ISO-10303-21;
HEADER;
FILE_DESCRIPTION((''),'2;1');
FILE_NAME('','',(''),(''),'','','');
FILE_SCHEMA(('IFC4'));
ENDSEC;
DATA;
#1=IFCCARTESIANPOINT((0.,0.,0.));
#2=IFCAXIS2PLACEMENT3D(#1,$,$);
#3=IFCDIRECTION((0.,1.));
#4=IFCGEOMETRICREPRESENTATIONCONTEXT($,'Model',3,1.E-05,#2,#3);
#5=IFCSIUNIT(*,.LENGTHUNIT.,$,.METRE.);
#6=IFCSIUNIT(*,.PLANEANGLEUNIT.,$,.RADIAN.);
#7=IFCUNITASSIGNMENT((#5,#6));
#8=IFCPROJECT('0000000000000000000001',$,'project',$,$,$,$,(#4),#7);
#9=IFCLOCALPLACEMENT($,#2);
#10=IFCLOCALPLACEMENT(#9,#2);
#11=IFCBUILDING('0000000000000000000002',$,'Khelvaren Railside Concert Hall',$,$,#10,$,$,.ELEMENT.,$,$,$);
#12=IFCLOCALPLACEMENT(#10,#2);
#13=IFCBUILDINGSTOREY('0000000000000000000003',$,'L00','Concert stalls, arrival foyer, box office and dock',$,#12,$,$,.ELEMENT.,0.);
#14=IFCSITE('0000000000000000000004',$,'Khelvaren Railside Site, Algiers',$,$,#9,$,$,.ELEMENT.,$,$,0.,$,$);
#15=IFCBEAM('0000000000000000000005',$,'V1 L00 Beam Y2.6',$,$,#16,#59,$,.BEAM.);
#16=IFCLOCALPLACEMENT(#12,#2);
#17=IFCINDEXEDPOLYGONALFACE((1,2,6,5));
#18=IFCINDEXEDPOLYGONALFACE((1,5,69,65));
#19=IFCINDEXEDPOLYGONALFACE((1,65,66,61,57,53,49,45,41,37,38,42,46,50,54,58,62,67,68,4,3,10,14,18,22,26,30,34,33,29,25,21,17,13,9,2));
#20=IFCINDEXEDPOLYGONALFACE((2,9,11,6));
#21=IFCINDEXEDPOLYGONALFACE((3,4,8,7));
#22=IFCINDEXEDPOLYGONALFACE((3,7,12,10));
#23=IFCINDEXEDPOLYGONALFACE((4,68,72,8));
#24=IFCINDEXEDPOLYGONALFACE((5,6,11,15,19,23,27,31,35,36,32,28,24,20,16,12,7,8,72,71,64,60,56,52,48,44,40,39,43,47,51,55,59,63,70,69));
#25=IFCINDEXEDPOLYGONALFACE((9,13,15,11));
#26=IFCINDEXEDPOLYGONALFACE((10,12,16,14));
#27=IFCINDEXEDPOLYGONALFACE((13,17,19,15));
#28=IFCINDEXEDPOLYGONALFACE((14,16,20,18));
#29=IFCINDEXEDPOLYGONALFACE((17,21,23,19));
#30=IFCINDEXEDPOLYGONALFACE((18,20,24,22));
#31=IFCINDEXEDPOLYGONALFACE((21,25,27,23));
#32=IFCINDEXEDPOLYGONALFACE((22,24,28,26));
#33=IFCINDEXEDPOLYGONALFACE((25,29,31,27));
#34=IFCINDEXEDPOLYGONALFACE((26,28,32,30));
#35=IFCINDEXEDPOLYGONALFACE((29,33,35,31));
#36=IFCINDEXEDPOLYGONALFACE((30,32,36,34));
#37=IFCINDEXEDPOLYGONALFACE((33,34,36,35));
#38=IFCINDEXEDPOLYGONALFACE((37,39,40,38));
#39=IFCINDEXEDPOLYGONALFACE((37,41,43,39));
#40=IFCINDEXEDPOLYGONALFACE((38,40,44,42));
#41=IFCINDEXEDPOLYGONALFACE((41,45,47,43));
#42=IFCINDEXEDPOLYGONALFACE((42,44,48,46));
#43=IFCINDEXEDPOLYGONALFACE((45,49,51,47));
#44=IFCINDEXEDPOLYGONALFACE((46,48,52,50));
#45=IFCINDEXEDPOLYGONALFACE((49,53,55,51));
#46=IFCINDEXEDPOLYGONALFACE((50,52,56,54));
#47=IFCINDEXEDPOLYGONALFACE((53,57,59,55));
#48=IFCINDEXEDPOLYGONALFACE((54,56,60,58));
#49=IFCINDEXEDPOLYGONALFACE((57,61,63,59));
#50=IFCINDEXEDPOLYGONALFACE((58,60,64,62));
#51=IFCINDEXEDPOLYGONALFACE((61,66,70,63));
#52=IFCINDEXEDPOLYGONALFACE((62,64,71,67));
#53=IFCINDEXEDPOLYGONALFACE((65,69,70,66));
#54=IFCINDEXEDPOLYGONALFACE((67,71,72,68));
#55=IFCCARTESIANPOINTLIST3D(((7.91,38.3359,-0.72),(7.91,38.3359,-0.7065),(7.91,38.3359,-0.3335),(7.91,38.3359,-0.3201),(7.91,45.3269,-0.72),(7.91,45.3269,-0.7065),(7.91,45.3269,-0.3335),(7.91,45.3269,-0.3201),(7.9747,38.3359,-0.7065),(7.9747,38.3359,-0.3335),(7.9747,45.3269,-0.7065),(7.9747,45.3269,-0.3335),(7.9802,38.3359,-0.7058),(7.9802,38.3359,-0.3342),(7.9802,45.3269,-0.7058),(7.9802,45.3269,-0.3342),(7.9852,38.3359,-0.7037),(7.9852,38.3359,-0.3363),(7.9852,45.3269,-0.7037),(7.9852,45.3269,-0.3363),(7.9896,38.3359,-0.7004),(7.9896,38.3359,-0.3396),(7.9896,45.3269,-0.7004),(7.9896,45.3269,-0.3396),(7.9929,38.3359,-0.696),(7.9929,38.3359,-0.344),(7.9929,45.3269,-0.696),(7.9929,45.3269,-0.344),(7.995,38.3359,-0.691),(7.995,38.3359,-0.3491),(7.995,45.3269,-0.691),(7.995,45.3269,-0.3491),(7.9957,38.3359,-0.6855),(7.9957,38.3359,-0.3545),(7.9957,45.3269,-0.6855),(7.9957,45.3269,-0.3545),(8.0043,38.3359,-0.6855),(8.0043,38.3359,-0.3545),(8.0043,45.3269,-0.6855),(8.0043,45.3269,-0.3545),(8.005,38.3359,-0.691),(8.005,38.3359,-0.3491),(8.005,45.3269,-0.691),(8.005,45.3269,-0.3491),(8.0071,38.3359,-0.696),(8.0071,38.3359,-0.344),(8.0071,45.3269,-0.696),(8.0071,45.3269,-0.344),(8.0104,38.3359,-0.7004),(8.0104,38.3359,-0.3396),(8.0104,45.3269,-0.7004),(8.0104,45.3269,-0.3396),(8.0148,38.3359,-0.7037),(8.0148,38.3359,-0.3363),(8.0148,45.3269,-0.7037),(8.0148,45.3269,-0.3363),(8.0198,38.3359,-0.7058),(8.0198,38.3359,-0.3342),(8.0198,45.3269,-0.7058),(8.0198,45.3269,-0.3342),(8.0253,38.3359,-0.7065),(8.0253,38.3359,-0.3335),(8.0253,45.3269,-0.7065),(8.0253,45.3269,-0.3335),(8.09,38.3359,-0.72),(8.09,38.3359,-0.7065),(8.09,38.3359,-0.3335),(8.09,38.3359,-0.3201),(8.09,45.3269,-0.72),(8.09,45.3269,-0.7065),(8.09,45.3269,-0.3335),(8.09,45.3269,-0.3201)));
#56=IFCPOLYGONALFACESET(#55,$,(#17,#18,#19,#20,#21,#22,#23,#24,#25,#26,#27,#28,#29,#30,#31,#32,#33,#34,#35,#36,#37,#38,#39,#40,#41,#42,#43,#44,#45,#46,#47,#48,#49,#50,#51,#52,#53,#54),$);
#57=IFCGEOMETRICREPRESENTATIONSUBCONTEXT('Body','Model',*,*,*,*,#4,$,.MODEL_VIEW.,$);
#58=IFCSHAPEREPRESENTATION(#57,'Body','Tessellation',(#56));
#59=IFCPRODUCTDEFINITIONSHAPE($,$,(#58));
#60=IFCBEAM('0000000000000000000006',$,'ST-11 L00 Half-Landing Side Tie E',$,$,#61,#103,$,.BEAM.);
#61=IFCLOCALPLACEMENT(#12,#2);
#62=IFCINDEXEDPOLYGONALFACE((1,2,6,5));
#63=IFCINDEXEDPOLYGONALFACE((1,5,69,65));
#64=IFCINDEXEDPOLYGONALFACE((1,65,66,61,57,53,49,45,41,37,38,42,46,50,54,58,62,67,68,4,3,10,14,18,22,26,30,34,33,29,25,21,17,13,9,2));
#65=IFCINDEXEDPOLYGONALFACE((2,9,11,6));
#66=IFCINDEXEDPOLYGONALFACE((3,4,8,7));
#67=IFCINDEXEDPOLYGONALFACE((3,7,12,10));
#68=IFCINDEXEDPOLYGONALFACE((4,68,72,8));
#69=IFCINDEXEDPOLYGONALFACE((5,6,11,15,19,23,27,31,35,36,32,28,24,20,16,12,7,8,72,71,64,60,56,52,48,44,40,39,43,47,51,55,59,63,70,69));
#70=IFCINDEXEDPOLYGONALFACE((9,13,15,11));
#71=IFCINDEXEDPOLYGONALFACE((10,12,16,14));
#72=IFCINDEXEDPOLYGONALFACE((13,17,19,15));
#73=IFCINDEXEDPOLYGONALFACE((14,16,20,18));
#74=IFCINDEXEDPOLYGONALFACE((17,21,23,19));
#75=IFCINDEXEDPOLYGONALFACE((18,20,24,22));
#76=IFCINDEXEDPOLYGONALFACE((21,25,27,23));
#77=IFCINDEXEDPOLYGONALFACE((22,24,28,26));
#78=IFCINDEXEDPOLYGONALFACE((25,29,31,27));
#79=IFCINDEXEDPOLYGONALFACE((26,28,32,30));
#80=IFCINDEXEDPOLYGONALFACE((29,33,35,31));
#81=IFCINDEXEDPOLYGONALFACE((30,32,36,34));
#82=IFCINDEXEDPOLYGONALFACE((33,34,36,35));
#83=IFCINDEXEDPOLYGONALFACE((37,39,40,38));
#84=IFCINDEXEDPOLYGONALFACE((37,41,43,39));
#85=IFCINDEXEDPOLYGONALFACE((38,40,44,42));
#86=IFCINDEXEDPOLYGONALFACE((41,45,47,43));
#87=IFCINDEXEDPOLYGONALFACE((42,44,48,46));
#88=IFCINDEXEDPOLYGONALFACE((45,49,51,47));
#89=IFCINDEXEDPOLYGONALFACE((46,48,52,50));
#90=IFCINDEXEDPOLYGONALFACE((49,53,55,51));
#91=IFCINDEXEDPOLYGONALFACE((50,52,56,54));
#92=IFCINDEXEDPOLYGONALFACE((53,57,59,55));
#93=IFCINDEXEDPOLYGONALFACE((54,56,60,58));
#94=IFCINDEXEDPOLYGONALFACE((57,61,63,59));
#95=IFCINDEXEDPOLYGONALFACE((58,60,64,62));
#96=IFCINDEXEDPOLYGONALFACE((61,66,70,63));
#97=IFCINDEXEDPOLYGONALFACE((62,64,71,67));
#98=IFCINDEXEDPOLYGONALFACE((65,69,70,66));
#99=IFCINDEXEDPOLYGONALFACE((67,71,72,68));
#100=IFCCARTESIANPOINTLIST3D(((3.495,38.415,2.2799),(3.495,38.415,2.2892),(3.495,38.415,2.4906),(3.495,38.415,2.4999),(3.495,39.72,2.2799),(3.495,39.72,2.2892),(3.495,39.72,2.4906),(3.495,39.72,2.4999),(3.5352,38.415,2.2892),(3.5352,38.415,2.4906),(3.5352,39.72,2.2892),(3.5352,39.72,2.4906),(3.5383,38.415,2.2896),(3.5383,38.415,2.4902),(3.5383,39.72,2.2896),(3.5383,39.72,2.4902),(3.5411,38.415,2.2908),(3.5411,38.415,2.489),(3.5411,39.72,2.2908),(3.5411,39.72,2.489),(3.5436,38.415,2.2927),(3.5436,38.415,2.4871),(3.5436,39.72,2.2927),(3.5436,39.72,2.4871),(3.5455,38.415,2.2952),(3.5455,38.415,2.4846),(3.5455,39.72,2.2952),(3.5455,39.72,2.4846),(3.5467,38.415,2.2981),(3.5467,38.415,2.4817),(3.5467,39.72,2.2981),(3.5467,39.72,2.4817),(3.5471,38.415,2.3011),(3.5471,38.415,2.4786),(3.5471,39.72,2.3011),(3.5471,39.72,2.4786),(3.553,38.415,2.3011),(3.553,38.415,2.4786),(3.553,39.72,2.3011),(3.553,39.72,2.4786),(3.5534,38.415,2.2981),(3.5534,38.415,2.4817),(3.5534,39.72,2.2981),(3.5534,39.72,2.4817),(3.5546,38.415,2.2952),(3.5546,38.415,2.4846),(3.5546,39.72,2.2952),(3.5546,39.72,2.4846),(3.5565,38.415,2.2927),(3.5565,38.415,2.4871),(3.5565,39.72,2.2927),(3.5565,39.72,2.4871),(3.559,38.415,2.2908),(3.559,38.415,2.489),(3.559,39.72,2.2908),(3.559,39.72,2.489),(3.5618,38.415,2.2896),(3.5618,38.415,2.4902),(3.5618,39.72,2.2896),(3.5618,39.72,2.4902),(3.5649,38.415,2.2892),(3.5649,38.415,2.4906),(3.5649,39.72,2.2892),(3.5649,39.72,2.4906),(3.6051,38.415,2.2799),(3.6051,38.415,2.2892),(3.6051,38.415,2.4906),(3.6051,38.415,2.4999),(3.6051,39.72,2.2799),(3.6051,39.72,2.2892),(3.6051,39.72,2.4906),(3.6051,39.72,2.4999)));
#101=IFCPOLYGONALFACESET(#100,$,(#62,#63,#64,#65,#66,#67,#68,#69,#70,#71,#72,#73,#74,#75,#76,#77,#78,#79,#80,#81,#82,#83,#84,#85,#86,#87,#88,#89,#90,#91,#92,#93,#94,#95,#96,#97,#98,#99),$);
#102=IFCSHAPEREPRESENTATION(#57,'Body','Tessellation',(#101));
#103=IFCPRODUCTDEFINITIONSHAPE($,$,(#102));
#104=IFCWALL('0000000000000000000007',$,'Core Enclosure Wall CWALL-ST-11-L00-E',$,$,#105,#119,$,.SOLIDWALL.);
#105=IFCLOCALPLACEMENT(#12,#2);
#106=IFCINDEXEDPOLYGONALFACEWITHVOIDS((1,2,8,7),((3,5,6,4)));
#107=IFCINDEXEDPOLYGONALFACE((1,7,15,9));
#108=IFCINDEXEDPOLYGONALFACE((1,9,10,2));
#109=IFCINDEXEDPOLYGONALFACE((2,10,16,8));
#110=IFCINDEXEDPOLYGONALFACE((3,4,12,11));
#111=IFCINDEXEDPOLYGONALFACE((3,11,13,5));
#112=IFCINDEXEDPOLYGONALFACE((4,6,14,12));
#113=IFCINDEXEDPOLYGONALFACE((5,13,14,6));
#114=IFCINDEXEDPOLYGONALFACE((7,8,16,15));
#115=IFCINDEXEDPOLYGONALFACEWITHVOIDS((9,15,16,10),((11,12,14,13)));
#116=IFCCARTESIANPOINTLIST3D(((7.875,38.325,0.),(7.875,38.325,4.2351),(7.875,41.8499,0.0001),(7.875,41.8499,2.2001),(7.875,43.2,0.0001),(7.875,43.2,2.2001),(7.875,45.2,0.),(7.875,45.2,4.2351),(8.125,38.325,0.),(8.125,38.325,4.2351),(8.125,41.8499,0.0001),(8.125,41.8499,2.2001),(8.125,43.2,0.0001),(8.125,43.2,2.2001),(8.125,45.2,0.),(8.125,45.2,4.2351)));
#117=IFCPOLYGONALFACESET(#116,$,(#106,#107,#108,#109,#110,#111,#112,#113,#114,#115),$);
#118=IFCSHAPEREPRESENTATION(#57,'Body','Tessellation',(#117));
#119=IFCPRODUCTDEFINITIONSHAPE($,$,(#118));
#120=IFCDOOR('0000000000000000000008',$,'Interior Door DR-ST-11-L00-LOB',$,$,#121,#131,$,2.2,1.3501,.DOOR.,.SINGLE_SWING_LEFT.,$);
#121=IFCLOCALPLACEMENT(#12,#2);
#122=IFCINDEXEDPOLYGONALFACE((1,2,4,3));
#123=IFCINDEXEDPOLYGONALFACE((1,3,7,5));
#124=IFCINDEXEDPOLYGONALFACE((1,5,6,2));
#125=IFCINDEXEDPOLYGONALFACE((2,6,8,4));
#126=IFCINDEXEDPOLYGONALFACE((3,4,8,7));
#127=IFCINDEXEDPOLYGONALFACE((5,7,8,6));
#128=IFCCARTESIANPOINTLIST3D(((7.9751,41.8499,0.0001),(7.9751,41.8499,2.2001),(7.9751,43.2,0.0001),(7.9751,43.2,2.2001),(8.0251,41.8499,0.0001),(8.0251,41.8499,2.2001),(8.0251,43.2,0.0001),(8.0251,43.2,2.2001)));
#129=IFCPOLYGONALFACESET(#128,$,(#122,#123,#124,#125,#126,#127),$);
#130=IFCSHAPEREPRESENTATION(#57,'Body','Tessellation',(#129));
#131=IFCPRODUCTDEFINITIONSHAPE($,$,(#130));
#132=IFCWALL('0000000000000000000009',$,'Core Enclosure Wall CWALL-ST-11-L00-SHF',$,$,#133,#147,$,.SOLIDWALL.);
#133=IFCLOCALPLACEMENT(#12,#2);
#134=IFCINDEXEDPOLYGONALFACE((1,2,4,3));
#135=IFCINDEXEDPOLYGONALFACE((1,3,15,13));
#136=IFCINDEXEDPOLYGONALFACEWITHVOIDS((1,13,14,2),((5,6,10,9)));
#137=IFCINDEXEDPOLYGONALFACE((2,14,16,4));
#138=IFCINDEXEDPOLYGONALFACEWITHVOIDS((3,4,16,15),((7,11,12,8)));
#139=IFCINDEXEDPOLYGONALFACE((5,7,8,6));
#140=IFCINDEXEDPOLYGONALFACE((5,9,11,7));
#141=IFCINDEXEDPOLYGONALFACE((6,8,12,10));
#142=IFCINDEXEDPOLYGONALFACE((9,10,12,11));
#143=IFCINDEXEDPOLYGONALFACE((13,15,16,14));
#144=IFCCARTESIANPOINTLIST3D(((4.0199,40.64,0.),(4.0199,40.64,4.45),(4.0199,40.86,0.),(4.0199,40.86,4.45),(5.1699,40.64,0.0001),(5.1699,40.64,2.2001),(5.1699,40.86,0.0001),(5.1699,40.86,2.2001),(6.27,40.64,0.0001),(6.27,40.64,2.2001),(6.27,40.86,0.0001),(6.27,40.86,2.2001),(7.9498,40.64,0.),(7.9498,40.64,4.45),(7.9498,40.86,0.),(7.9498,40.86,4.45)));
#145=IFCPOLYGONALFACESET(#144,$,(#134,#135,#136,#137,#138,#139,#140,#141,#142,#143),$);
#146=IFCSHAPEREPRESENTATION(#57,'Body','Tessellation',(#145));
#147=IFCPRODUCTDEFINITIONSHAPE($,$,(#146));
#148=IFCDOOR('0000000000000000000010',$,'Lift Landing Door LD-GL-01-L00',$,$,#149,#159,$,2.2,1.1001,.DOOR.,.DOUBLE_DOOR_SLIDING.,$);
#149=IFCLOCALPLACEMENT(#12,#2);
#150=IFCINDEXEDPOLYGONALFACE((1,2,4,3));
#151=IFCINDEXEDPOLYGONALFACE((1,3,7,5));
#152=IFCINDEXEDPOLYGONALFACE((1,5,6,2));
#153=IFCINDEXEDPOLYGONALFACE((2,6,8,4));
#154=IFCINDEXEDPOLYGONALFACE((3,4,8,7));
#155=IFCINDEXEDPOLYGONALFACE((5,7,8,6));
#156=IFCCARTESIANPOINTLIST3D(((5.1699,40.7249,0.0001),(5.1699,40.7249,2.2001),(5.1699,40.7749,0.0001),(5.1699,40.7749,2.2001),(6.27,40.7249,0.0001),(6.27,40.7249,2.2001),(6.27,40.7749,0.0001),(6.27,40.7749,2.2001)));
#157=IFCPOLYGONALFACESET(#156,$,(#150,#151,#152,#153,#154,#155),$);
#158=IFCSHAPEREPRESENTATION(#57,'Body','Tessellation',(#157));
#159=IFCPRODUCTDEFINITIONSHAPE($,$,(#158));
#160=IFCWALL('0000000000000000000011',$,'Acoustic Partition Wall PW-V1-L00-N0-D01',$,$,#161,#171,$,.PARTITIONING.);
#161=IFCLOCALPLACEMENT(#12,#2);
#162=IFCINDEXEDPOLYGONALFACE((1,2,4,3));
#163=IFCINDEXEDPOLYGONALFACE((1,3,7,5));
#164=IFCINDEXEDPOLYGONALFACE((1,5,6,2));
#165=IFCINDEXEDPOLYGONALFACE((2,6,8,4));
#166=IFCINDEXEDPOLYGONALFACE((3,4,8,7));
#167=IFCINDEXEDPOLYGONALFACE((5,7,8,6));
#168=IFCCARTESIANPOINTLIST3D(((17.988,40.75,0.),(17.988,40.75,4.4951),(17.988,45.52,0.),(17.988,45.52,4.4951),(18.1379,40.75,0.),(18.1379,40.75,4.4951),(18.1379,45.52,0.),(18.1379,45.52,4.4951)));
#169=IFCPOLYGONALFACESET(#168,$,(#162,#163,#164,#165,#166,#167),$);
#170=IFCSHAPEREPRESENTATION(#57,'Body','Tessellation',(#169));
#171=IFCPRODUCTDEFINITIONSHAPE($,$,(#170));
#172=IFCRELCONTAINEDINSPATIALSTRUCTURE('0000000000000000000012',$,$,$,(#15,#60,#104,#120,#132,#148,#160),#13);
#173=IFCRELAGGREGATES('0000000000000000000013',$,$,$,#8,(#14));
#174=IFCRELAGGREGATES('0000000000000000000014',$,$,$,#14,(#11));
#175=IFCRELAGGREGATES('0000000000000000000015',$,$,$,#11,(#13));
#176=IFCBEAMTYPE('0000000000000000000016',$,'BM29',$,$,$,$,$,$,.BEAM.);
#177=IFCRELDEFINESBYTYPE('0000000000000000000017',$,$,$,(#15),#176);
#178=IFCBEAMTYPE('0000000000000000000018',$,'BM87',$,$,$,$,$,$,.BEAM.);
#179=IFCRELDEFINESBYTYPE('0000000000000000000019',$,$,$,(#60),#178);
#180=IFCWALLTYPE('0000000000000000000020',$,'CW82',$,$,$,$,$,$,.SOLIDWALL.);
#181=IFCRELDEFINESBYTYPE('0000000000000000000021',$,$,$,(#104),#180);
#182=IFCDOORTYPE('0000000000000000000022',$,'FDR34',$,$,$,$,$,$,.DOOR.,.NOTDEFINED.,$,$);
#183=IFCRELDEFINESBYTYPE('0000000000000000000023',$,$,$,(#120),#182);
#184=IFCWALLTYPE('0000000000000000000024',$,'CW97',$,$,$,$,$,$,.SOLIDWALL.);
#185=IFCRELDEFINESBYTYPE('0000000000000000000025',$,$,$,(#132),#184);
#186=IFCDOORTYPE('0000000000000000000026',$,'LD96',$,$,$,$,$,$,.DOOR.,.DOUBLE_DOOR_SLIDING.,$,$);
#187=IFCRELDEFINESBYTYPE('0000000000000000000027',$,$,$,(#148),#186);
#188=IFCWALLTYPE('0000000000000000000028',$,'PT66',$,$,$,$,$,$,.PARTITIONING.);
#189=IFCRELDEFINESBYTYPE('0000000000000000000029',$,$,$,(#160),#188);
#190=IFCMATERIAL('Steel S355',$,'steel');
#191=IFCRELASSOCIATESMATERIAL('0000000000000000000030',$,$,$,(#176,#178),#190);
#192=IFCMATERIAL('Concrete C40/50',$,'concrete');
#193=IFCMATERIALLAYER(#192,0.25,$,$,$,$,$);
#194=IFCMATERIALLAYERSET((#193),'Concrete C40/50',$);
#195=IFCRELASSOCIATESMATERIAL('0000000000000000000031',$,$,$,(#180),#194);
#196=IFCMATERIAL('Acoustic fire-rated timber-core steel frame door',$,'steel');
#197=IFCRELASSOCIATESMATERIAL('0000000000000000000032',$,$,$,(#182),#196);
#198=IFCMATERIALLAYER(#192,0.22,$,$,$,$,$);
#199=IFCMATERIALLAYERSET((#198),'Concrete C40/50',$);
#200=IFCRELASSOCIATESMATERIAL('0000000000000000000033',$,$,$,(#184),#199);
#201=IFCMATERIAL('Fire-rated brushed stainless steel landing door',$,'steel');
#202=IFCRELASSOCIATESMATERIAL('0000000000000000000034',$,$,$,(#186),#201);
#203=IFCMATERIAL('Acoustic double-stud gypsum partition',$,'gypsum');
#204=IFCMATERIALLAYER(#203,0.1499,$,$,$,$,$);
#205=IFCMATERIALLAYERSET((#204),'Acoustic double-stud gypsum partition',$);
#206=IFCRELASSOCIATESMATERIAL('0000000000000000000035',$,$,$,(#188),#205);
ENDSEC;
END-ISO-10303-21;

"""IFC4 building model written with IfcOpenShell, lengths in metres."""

from ifc_helpers import new_model, si_unit, direction, frame, frame_2d, origin, origin_2d, place, context, subcontext, project, spatial, rectangle, i_section, extrude, material, layer, layer_set, material_profile, profile_set, type_object, element, fill, save


model = new_model("IFC4")

# Units and contexts
model_context = context("Model", 3, precision=1e-05, world=origin(), true_north=direction((0.0, 1.0)))
body_context = subcontext(model_context, "Body", "Model", "MODEL_VIEW")
ifc_project = project(units=[si_unit("LENGTHUNIT", "METRE"), si_unit("PLANEANGLEUNIT", "RADIAN")], contexts=[model_context])

# Site, building, storey
site_placement = place(None, origin())
site = spatial("IfcSite", under=ifc_project, at=site_placement, Name="Khelvaren Railside Site, Algiers", CompositionType="ELEMENT", RefElevation=0.0)
building_placement = place(site_placement, origin())
building = spatial("IfcBuilding", under=site, at=building_placement, Name="Khelvaren Railside Concert Hall", CompositionType="ELEMENT")
storey_placement = place(building_placement, origin())
storey = spatial("IfcBuildingStorey", under=building, at=storey_placement, Name="L00", Description="Concert stalls, arrival foyer, box office and dock", CompositionType="ELEMENT", Elevation=0.0)

# Beams
ifc_material_1 = material(Name="Steel S355", Category="steel")
ifc_material_profile_1 = material_profile(ifc_material_1, i_section(OverallWidth=0.1799, OverallDepth=0.3999, WebThickness=0.0085, FlangeThickness=0.0134, FilletRadius=0.021, at=origin_2d()), Name="IPE 400")
ifc_profile_set_1 = profile_set([ifc_material_profile_1], Name="Steel S355")
beam_type_1 = type_object("IfcBeamType", Name="BM29", PredefinedType="BEAM", material=ifc_profile_set_1)
beam_1_placement = place(storey_placement, frame((8.0, 38.3359, -0.52), z_axis=(0.0, 1.0, 0.0), x_axis=(-1.0, 0.0, 0.0)))
element("IfcBeam", 1, at=beam_1_placement, inside=storey, type_object=beam_type_1, Name="V1 L00 Beam Y2.6", PredefinedType="BEAM", context=body_context, shape_type="SweptSolid", body=[
    extrude(i_section(OverallWidth=0.1799, OverallDepth=0.3999, WebThickness=0.0085, FlangeThickness=0.0134, FilletRadius=0.021, at=origin_2d()), origin(), (0.0, 0.0, 1.0), 6.991),
])
ifc_material_profile_2 = material_profile(ifc_material_1, i_section(OverallWidth=0.1101, OverallDepth=0.22, WebThickness=0.0059, FlangeThickness=0.0093, FilletRadius=0.012, at=origin_2d()), Name="IPE 220")
ifc_profile_set_2 = profile_set([ifc_material_profile_2], Name="Steel S355")
beam_type_2 = type_object("IfcBeamType", Name="BM87", PredefinedType="BEAM", material=ifc_profile_set_2)
beam_2_placement = place(storey_placement, frame((3.55, 38.415, 2.3899), z_axis=(0.0, 1.0, 0.0), x_axis=(-1.0, 0.0, 0.0)))
element("IfcBeam", 2, at=beam_2_placement, inside=storey, type_object=beam_type_2, Name="ST-11 L00 Half-Landing Side Tie E", PredefinedType="BEAM", context=body_context, shape_type="SweptSolid", body=[
    extrude(i_section(OverallWidth=0.1101, OverallDepth=0.22, WebThickness=0.0059, FlangeThickness=0.0093, FilletRadius=0.012, at=origin_2d()), origin(), (0.0, 0.0, 1.0), 1.3049),
])

# Walls, openings, doors
ifc_material_2 = material(Name="Concrete C40/50", Category="concrete")
ifc_layer_1 = layer(ifc_material_2, 0.25)
ifc_layer_set_1 = layer_set([ifc_layer_1], Name="Concrete C40/50")
wall_type_1 = type_object("IfcWallType", Name="CW82", PredefinedType="SOLIDWALL", material=ifc_layer_set_1)
wall_1_placement = place(storey_placement, frame((8.0, 38.325, 0.0), z_axis=(0.0, 0.0, 1.0), x_axis=(0.0, 1.0, 0.0)))
wall_1 = element("IfcWall", 3, at=wall_1_placement, inside=storey, type_object=wall_type_1, Name="Core Enclosure Wall CWALL-ST-11-L00-E", PredefinedType="SOLIDWALL", context=body_context, shape_type="SweptSolid", body=[
    extrude(rectangle(XDim=6.875, YDim=0.25, at=frame_2d((3.4375, 0.0))), origin(), (0.0, 0.0, 1.0), 4.2351),
])
opening_1_placement = place(wall_1_placement, frame((3.5249, 0.0, 0.0)))
opening_1 = element("IfcOpeningElement", 4, at=opening_1_placement, cuts=wall_1, PredefinedType="OPENING", context=body_context, shape_type="SweptSolid", body=[
    extrude(rectangle(XDim=1.3501, YDim=2.2, at=frame_2d((0.675, 1.1001))), frame((0.0, 0.135, 0.0), z_axis=(0.0, -1.0, 0.0), x_axis=(1.0, 0.0, 0.0)), (0.0, 0.0, 1.0), 0.27),
])
ifc_material_3 = material(Name="Acoustic fire-rated timber-core steel frame door", Category="steel")
door_type_1 = type_object("IfcDoorType", Name="FDR34", OperationType="NOTDEFINED", PredefinedType="DOOR", material=ifc_material_3)
door_1_placement = place(opening_1_placement, origin())
door_1 = element("IfcDoor", 5, at=door_1_placement, inside=storey, type_object=door_type_1, Name="Interior Door DR-ST-11-L00-LOB", OperationType="SINGLE_SWING_LEFT", OverallHeight=2.2, OverallWidth=1.3501, PredefinedType="DOOR", context=body_context, shape_type="SweptSolid", body=[
    extrude(rectangle(XDim=1.3501, YDim=2.2, at=frame_2d((0.675, 1.1001))), frame((0.0, 0.0249, 0.0), z_axis=(0.0, -1.0, 0.0), x_axis=(1.0, 0.0, 0.0)), (0.0, 0.0, 1.0), 0.05),
])
fill(opening_1, door_1)
ifc_layer_2 = layer(ifc_material_2, 0.22)
ifc_layer_set_2 = layer_set([ifc_layer_2], Name="Concrete C40/50")
wall_type_2 = type_object("IfcWallType", Name="CW97", PredefinedType="SOLIDWALL", material=ifc_layer_set_2)
wall_2_placement = place(storey_placement, frame((4.02, 40.75, 0.0), z_axis=(0.0, 0.0, 1.0), x_axis=(1.0, 0.0, 0.0)))
wall_2 = element("IfcWall", 6, at=wall_2_placement, inside=storey, type_object=wall_type_2, Name="Core Enclosure Wall CWALL-ST-11-L00-SHF", PredefinedType="SOLIDWALL", context=body_context, shape_type="SweptSolid", body=[
    extrude(rectangle(XDim=3.9299, YDim=0.22, at=frame_2d((1.9648, 0.0))), origin(), (0.0, 0.0, 1.0), 4.45),
])
opening_2_placement = place(wall_2_placement, frame((1.1499, 0.0, 0.0)))
opening_2 = element("IfcOpeningElement", 7, at=opening_2_placement, cuts=wall_2, PredefinedType="OPENING", context=body_context, shape_type="SweptSolid", body=[
    extrude(rectangle(XDim=1.1001, YDim=2.2, at=frame_2d((0.55, 1.1001))), frame((0.0, 0.1199, 0.0), z_axis=(0.0, -1.0, 0.0), x_axis=(1.0, 0.0, 0.0)), (0.0, 0.0, 1.0), 0.24),
])
ifc_material_4 = material(Name="Fire-rated brushed stainless steel landing door", Category="steel")
door_type_2 = type_object("IfcDoorType", Name="LD96", OperationType="DOUBLE_DOOR_SLIDING", PredefinedType="DOOR", material=ifc_material_4)
door_2_placement = place(opening_2_placement, origin())
door_2 = element("IfcDoor", 8, at=door_2_placement, inside=storey, type_object=door_type_2, Name="Lift Landing Door LD-GL-01-L00", OperationType="DOUBLE_DOOR_SLIDING", OverallHeight=2.2, OverallWidth=1.1001, PredefinedType="DOOR", context=body_context, shape_type="SweptSolid", body=[
    extrude(rectangle(XDim=1.1001, YDim=2.2, at=frame_2d((0.55, 1.1001))), frame((0.0, 0.0249, 0.0), z_axis=(0.0, -1.0, 0.0), x_axis=(1.0, 0.0, 0.0)), (0.0, 0.0, 1.0), 0.05),
])
fill(opening_2, door_2)

# Wall
ifc_material_5 = material(Name="Acoustic double-stud gypsum partition", Category="gypsum")
ifc_layer_3 = layer(ifc_material_5, 0.1499)
ifc_layer_set_3 = layer_set([ifc_layer_3], Name="Acoustic double-stud gypsum partition")
wall_type_3 = type_object("IfcWallType", Name="PT66", PredefinedType="PARTITIONING", material=ifc_layer_set_3)
wall_3_placement = place(storey_placement, frame((18.063, 40.75, 0.0), z_axis=(0.0, 0.0, 1.0), x_axis=(0.0, 1.0, 0.0)))
element("IfcWall", 9, at=wall_3_placement, inside=storey, type_object=wall_type_3, Name="Acoustic Partition Wall PW-V1-L00-N0-D01", PredefinedType="PARTITIONING", context=body_context, shape_type="SweptSolid", body=[
    extrude(rectangle(XDim=4.77, YDim=0.1499, at=frame_2d((2.385, 0.0))), origin(), (0.0, 0.0, 1.0), 4.4951),
])

save(model, "model.ifc")
